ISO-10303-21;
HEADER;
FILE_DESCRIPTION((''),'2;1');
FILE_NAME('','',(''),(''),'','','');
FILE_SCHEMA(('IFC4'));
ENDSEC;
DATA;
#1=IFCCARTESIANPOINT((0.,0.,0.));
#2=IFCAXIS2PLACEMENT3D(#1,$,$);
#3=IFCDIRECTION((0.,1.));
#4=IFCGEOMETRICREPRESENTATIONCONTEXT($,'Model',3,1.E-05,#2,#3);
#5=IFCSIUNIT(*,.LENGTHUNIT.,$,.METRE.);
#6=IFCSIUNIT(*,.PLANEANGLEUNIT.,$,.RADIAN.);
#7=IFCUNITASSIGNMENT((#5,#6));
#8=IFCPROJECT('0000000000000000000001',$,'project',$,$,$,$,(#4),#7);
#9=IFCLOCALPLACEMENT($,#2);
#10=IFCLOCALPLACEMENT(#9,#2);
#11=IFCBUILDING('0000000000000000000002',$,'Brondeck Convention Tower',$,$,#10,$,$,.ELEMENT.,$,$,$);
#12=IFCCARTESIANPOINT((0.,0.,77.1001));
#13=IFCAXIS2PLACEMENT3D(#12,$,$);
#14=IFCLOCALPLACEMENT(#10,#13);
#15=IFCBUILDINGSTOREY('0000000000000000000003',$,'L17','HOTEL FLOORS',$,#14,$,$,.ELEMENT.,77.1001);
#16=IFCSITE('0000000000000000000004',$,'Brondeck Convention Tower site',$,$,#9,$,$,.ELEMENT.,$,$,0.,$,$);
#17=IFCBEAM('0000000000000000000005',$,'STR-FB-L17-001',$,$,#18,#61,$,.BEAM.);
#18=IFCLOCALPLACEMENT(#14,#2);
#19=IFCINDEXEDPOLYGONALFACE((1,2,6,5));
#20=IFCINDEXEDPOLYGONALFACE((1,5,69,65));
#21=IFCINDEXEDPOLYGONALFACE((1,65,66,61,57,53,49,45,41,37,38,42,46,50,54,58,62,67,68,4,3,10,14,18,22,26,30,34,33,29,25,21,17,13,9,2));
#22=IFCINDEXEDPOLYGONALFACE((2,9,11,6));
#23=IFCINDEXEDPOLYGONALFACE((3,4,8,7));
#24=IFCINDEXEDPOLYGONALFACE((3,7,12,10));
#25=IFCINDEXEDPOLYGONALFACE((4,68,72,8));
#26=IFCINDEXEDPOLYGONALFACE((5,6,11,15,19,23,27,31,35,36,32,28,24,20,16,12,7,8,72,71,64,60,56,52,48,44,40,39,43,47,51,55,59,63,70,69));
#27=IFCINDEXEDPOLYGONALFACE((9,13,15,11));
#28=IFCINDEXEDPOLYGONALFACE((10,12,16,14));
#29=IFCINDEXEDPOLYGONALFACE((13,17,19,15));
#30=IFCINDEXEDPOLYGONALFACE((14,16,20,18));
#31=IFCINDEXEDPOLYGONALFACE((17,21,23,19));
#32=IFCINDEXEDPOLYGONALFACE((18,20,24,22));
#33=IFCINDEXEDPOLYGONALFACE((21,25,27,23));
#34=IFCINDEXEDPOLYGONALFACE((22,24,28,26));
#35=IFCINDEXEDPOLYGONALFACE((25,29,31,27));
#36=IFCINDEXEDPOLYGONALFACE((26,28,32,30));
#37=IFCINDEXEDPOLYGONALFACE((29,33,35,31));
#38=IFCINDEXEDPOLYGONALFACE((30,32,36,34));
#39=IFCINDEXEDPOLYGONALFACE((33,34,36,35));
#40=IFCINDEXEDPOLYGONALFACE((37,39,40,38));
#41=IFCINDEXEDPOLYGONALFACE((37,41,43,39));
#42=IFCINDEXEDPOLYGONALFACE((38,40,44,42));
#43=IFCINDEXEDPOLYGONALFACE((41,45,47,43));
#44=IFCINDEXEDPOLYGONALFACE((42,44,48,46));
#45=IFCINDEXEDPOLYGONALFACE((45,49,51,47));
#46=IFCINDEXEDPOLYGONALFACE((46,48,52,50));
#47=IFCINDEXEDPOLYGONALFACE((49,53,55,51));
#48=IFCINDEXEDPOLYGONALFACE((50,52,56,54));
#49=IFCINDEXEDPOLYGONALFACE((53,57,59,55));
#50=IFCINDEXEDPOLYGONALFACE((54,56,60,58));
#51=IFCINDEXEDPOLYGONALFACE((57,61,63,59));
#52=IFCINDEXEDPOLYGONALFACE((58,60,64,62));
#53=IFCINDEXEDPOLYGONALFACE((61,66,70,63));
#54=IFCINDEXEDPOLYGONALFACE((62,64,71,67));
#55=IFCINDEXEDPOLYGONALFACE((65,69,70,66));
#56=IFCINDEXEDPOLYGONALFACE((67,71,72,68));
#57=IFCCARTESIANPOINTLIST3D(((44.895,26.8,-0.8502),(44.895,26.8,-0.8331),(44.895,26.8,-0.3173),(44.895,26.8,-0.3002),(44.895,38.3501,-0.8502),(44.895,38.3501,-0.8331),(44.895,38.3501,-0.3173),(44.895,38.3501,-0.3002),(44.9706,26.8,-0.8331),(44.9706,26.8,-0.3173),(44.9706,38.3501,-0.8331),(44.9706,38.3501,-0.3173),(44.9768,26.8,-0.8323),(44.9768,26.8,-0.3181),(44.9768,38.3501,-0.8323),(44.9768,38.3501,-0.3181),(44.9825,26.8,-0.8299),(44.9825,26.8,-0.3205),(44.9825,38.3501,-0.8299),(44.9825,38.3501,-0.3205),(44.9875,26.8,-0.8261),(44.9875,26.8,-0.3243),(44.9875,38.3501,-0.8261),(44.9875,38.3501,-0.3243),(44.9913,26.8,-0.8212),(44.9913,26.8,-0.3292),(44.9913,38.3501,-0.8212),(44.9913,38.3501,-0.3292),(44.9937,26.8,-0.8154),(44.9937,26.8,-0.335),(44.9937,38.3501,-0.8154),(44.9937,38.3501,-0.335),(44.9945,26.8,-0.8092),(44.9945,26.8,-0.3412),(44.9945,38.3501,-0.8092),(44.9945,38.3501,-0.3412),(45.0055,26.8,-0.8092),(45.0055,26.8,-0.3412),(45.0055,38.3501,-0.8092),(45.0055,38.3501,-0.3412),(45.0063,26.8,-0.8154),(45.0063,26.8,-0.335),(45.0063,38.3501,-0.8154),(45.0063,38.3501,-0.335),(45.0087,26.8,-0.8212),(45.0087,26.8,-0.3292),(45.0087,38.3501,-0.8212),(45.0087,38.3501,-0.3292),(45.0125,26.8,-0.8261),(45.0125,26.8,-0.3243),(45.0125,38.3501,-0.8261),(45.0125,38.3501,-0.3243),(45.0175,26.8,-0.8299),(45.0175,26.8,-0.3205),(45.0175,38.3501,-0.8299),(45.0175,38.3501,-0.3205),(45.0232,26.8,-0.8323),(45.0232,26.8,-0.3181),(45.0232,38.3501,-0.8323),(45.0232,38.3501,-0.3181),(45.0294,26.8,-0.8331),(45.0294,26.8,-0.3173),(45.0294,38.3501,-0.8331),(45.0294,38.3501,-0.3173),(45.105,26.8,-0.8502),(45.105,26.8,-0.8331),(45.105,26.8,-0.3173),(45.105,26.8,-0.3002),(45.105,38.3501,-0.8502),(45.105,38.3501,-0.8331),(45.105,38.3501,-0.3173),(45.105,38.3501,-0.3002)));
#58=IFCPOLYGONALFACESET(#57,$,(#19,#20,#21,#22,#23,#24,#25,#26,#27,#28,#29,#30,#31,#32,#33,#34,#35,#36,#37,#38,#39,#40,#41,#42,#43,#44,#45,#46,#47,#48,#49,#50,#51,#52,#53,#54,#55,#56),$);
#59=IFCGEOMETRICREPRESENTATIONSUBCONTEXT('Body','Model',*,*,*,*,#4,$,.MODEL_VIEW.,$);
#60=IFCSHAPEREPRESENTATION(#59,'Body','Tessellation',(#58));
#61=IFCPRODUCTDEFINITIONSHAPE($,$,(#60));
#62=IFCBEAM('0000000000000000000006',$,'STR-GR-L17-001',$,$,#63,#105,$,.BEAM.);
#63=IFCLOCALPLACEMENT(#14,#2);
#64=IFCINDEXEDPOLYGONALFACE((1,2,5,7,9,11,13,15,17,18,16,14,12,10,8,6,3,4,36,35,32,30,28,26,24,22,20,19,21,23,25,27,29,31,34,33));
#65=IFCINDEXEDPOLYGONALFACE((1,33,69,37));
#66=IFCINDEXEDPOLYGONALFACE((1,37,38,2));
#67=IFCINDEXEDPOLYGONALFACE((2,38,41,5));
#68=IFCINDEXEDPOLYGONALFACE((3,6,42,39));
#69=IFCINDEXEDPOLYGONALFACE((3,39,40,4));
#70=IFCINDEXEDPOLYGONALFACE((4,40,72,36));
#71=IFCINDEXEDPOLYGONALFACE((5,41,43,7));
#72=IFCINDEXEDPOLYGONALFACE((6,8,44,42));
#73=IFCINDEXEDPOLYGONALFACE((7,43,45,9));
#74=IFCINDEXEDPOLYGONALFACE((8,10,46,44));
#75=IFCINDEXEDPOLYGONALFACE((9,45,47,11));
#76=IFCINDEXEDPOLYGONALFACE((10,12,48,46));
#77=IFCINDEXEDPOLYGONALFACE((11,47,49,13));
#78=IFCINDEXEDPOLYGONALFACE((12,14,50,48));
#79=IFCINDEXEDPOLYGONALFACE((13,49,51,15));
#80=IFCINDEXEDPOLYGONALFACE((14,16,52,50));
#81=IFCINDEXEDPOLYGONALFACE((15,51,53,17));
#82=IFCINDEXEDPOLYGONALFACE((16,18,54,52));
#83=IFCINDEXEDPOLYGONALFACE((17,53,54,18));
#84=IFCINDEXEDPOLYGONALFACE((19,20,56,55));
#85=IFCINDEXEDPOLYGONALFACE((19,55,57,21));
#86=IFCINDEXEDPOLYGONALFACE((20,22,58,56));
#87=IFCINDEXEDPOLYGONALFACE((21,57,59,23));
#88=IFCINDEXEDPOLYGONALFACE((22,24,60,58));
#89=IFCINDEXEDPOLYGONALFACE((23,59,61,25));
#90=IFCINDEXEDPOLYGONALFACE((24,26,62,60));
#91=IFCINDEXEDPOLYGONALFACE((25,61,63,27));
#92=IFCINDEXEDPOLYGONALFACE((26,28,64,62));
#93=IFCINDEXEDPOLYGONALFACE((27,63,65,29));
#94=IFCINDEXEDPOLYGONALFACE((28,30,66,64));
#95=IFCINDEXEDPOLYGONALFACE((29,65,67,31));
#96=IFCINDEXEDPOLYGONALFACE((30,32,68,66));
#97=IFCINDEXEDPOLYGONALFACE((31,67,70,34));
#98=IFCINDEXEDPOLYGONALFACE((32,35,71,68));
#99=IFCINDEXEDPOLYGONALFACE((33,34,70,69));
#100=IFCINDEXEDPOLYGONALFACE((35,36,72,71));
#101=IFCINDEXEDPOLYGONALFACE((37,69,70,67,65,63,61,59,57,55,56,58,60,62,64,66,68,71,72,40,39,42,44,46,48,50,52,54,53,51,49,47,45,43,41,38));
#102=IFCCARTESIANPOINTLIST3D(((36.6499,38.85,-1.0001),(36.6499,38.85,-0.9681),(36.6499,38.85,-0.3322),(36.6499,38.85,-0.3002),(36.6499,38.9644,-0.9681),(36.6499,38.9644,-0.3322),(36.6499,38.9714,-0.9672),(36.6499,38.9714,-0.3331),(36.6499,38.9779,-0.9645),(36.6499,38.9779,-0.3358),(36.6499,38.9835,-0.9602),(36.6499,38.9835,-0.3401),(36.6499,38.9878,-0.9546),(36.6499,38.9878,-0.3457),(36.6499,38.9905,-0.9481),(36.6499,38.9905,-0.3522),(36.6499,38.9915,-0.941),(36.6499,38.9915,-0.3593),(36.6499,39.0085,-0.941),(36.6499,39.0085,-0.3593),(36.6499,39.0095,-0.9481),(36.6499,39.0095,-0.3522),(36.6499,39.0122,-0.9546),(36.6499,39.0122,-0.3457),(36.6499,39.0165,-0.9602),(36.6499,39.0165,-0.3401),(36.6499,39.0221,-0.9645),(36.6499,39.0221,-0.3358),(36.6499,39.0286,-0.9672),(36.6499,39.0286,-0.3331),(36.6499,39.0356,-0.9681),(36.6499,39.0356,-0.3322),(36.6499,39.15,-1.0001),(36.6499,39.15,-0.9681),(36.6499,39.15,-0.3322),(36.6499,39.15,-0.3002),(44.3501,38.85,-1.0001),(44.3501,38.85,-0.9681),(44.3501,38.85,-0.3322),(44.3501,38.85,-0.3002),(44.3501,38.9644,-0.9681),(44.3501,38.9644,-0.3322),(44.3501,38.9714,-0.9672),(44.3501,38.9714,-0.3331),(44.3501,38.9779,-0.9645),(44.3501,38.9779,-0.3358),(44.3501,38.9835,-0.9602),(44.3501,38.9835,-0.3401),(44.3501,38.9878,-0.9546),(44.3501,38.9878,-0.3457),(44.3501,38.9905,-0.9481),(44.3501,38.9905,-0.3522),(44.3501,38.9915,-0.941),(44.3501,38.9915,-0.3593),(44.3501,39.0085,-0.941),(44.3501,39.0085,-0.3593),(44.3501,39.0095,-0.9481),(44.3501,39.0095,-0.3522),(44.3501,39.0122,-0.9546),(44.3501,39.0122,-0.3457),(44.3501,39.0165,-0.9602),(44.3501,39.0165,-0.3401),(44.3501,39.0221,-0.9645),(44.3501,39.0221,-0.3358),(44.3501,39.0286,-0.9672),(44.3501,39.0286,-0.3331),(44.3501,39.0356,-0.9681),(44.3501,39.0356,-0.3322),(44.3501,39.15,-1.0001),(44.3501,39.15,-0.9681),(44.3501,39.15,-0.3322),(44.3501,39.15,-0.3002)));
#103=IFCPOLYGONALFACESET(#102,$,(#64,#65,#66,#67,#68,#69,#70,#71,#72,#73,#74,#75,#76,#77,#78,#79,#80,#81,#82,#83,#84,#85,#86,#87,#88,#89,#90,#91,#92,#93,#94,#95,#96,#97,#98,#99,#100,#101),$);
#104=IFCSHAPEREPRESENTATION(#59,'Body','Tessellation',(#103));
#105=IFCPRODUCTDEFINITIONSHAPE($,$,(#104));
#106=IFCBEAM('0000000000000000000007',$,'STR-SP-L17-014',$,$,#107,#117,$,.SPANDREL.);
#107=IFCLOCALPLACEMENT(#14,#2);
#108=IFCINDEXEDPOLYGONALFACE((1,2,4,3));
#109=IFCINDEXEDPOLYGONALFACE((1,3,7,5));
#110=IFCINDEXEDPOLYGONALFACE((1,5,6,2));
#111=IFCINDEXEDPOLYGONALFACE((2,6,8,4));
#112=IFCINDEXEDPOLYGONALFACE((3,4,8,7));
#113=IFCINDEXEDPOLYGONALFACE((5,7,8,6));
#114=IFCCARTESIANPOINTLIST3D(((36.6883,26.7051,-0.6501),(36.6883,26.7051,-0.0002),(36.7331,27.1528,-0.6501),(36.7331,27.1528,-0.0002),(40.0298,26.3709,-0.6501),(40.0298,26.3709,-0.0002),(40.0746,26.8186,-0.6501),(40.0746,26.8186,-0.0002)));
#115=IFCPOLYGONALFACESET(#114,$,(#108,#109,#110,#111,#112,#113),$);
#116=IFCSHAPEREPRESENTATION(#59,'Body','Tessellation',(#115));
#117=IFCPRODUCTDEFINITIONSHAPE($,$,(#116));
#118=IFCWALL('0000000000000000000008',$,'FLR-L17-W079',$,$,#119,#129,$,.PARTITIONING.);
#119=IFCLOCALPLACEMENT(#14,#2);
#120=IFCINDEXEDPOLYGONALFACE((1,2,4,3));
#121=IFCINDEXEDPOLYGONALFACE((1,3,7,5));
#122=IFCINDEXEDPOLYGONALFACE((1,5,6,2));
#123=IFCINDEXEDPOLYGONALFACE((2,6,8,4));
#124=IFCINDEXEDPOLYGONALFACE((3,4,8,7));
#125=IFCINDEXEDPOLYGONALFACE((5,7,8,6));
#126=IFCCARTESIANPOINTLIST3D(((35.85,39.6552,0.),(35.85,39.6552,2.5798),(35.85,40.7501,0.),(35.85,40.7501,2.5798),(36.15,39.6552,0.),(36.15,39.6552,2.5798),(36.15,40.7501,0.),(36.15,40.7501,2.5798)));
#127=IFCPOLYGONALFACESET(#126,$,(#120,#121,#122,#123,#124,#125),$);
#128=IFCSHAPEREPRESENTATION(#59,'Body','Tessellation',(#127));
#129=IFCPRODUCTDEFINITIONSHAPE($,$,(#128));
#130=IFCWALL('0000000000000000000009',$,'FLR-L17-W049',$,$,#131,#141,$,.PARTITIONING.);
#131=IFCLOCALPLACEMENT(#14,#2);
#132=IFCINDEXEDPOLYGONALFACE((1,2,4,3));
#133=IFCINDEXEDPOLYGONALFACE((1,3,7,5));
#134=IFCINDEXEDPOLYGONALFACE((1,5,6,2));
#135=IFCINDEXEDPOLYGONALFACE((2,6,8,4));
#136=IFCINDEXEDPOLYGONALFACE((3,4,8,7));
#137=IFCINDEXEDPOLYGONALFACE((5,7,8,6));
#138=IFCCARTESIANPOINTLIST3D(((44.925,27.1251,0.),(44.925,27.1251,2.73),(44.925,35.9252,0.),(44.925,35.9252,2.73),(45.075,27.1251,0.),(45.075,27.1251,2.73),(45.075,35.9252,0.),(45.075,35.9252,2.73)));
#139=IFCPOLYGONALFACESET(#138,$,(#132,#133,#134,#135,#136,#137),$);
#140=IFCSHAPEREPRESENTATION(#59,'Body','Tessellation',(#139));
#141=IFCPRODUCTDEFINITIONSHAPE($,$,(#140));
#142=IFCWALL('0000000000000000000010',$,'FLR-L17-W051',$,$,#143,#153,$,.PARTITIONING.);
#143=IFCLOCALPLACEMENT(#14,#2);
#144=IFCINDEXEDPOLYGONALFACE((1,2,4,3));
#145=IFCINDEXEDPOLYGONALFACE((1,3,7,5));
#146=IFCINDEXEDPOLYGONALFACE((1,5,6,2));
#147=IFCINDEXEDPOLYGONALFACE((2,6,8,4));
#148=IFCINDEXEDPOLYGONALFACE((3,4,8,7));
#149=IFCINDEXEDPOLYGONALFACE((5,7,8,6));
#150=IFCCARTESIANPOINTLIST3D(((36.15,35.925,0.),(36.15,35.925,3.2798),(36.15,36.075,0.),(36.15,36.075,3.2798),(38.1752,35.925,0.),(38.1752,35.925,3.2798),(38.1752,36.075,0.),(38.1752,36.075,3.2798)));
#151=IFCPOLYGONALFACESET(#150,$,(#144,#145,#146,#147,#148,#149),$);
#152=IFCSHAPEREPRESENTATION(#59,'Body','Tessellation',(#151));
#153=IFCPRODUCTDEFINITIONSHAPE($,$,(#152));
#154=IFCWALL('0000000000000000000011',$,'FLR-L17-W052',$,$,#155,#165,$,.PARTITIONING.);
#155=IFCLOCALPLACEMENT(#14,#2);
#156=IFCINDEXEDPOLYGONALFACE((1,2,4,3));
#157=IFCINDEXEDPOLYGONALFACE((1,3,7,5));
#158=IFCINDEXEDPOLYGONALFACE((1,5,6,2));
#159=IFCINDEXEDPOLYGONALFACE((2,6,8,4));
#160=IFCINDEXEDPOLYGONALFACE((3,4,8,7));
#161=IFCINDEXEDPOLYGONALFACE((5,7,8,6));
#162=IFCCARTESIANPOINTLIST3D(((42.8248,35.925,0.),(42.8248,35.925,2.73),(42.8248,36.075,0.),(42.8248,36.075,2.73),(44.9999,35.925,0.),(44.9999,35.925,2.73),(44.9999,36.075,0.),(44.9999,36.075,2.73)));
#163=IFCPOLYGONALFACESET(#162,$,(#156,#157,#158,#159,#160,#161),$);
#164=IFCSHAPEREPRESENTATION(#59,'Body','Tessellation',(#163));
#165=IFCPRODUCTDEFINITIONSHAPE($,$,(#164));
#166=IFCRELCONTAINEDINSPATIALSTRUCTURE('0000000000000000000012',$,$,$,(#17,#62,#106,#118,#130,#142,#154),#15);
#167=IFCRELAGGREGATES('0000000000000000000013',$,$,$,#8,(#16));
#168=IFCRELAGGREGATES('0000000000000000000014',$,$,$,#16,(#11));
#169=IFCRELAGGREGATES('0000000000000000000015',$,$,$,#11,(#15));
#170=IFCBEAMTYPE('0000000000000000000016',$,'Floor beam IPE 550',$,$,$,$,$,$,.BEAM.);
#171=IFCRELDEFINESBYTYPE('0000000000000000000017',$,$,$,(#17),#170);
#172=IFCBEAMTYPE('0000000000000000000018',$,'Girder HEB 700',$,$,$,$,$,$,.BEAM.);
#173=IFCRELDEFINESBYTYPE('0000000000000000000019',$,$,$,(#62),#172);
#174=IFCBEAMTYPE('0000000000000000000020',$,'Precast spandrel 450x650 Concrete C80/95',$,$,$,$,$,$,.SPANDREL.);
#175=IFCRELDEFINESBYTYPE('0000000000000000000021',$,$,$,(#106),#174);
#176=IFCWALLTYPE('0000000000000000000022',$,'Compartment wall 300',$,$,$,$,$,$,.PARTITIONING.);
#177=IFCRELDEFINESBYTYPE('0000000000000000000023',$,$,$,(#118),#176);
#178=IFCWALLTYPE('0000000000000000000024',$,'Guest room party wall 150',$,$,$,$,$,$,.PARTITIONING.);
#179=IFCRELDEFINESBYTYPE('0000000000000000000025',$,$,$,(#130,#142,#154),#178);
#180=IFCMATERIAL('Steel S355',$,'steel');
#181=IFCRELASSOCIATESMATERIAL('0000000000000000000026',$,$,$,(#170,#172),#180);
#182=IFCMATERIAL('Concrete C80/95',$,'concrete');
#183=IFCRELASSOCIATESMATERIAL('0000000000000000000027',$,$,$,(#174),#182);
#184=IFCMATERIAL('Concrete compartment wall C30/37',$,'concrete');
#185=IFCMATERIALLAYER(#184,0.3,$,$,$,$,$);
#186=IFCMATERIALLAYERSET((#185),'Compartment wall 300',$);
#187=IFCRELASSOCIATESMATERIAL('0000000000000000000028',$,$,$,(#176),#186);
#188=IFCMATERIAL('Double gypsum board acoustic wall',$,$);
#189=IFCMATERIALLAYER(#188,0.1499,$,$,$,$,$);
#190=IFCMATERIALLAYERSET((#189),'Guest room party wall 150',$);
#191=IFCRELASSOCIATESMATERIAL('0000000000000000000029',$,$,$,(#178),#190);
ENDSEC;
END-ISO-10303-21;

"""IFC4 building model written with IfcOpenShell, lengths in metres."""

from ifc_helpers import new_model, si_unit, direction, frame, frame_2d, origin, origin_2d, place, context, subcontext, project, spatial, rectangle, i_section, extrude, material, layer, layer_set, material_profile, profile_set, type_object, element, save


model = new_model("IFC4")

# Units and contexts
model_context = context("Model", 3, precision=1e-05, world=origin(), true_north=direction((0.0, 1.0)))
body_context = subcontext(model_context, "Body", "Model", "MODEL_VIEW")
ifc_project = project(units=[si_unit("LENGTHUNIT", "METRE"), si_unit("PLANEANGLEUNIT", "RADIAN")], contexts=[model_context])

# Site, building, storey
site_placement = place(None, origin())
site = spatial("IfcSite", under=ifc_project, at=site_placement, Name="Brondeck Convention Tower site", CompositionType="ELEMENT", RefElevation=0.0)
building_placement = place(site_placement, origin())
building = spatial("IfcBuilding", under=site, at=building_placement, Name="Brondeck Convention Tower", CompositionType="ELEMENT")
storey_placement = place(building_placement, frame((0.0, 0.0, 77.1001)))
storey = spatial("IfcBuildingStorey", under=building, at=storey_placement, Name="L17", Description="HOTEL FLOORS", CompositionType="ELEMENT", Elevation=77.1001)

# Beams
ifc_material_1 = material(Name="Steel S355", Category="steel")
ifc_material_profile_1 = material_profile(ifc_material_1, i_section(OverallWidth=0.21, OverallDepth=0.55, WebThickness=0.011, FlangeThickness=0.0171, FilletRadius=0.0239, at=origin_2d()), Name="IPE 550")
ifc_profile_set_1 = profile_set([ifc_material_profile_1], Name="Steel S355")
beam_type_1 = type_object("IfcBeamType", Name="Floor beam IPE 550", PredefinedType="BEAM", material=ifc_profile_set_1)
beam_1_placement = place(storey_placement, frame((45.0, 26.8, -0.5752), z_axis=(0.0, 1.0, 0.0), x_axis=(-1.0, 0.0, 0.0)))
element("IfcBeam", 1, at=beam_1_placement, inside=storey, type_object=beam_type_1, Name="STR-FB-L17-001", PredefinedType="BEAM", context=body_context, shape_type="SweptSolid", body=[
    extrude(i_section(OverallWidth=0.21, OverallDepth=0.55, WebThickness=0.011, FlangeThickness=0.0171, FilletRadius=0.0239, at=origin_2d()), origin(), (0.0, 0.0, 1.0), 11.55),
])
ifc_material_profile_2 = material_profile(ifc_material_1, i_section(OverallWidth=0.3, OverallDepth=0.7, WebThickness=0.0171, FlangeThickness=0.032, FilletRadius=0.0271, at=origin_2d()), Name="HEB 700")
ifc_profile_set_2 = profile_set([ifc_material_profile_2], Name="Steel S355")
beam_type_2 = type_object("IfcBeamType", Name="Girder HEB 700", PredefinedType="BEAM", material=ifc_profile_set_2)
beam_2_placement = place(storey_placement, frame((36.6499, 39.0, -0.6501), z_axis=(1.0, 0.0, 0.0), x_axis=(0.0, 1.0, 0.0)))
element("IfcBeam", 2, at=beam_2_placement, inside=storey, type_object=beam_type_2, Name="STR-GR-L17-001", PredefinedType="BEAM", context=body_context, shape_type="SweptSolid", body=[
    extrude(i_section(OverallWidth=0.3, OverallDepth=0.7, WebThickness=0.0171, FlangeThickness=0.032, FilletRadius=0.0271, at=origin_2d()), origin(), (0.0, 0.0, 1.0), 7.7002),
])
ifc_material_2 = material(Name="Concrete C80/95", Category="concrete")
ifc_material_profile_3 = material_profile(ifc_material_2, rectangle(XDim=0.45, YDim=0.6499, at=origin_2d()), Name="Precast spandrel 450x650 Concrete C80/95")
ifc_profile_set_3 = profile_set([ifc_material_profile_3], Name="Concrete C80/95")
beam_type_3 = type_object("IfcBeamType", Name="Precast spandrel 450x650 Concrete C80/95", PredefinedType="SPANDREL", material=ifc_profile_set_3)
beam_3_placement = place(storey_placement, frame((36.7107, 26.929, -0.3252), z_axis=(0.995035, -0.099525, 0.0), x_axis=(0.099525, 0.995035, 0.0)))
element("IfcBeam", 3, at=beam_3_placement, inside=storey, type_object=beam_type_3, Name="STR-SP-L17-014", PredefinedType="SPANDREL", context=body_context, shape_type="SweptSolid", body=[
    extrude(rectangle(XDim=0.45, YDim=0.6499, at=origin_2d()), origin(), (0.0, 0.0, 1.0), 3.3582),
])

# Walls
ifc_material_3 = material(Name="Concrete compartment wall C30/37", Category="concrete")
ifc_layer_1 = layer(ifc_material_3, 0.3)
ifc_layer_set_1 = layer_set([ifc_layer_1], Name="Compartment wall 300")
wall_type_1 = type_object("IfcWallType", Name="Compartment wall 300", PredefinedType="PARTITIONING", material=ifc_layer_set_1)
wall_1_placement = place(storey_placement, frame((36.0, 40.75, 0.0), z_axis=(0.0, 0.0, 1.0), x_axis=(0.0, -1.0, 0.0)))
element("IfcWall", 4, at=wall_1_placement, inside=storey, type_object=wall_type_1, Name="FLR-L17-W079", PredefinedType="PARTITIONING", context=body_context, shape_type="SweptSolid", body=[
    extrude(rectangle(XDim=1.095, YDim=0.3, at=frame_2d((0.5474, 0.0))), origin(), (0.0, 0.0, 1.0), 2.5798),
])
ifc_material_4 = material(Name="Double gypsum board acoustic wall")
ifc_layer_2 = layer(ifc_material_4, 0.1499)
ifc_layer_set_2 = layer_set([ifc_layer_2], Name="Guest room party wall 150")
wall_type_2 = type_object("IfcWallType", Name="Guest room party wall 150", PredefinedType="PARTITIONING", material=ifc_layer_set_2)
wall_2_placement = place(storey_placement, frame((45.0, 35.925, 0.0), z_axis=(0.0, 0.0, 1.0), x_axis=(0.0, -1.0, 0.0)))
element("IfcWall", 5, at=wall_2_placement, inside=storey, type_object=wall_type_2, Name="FLR-L17-W049", PredefinedType="PARTITIONING", context=body_context, shape_type="SweptSolid", body=[
    extrude(rectangle(XDim=8.8, YDim=0.1499, at=frame_2d((4.3999, 0.0))), origin(), (0.0, 0.0, 1.0), 2.73),
])
wall_3_placement = place(storey_placement, frame((36.1499, 36.0, 0.0), z_axis=(0.0, 0.0, 1.0), x_axis=(1.0, 0.0, 0.0)))
element("IfcWall", 6, at=wall_3_placement, inside=storey, type_object=wall_type_2, Name="FLR-L17-W051", PredefinedType="PARTITIONING", context=body_context, shape_type="SweptSolid", body=[
    extrude(rectangle(XDim=2.0251, YDim=0.1499, at=frame_2d((1.0127, 0.0))), origin(), (0.0, 0.0, 1.0), 3.2798),
])
wall_4_placement = place(storey_placement, frame((42.825, 36.0, 0.0), z_axis=(0.0, 0.0, 1.0), x_axis=(1.0, 0.0, 0.0)))
element("IfcWall", 7, at=wall_4_placement, inside=storey, type_object=wall_type_2, Name="FLR-L17-W052", PredefinedType="PARTITIONING", context=body_context, shape_type="SweptSolid", body=[
    extrude(rectangle(XDim=2.175, YDim=0.1499, at=frame_2d((1.0874, 0.0))), origin(), (0.0, 0.0, 1.0), 2.73),
])

save(model, "model.ifc")
